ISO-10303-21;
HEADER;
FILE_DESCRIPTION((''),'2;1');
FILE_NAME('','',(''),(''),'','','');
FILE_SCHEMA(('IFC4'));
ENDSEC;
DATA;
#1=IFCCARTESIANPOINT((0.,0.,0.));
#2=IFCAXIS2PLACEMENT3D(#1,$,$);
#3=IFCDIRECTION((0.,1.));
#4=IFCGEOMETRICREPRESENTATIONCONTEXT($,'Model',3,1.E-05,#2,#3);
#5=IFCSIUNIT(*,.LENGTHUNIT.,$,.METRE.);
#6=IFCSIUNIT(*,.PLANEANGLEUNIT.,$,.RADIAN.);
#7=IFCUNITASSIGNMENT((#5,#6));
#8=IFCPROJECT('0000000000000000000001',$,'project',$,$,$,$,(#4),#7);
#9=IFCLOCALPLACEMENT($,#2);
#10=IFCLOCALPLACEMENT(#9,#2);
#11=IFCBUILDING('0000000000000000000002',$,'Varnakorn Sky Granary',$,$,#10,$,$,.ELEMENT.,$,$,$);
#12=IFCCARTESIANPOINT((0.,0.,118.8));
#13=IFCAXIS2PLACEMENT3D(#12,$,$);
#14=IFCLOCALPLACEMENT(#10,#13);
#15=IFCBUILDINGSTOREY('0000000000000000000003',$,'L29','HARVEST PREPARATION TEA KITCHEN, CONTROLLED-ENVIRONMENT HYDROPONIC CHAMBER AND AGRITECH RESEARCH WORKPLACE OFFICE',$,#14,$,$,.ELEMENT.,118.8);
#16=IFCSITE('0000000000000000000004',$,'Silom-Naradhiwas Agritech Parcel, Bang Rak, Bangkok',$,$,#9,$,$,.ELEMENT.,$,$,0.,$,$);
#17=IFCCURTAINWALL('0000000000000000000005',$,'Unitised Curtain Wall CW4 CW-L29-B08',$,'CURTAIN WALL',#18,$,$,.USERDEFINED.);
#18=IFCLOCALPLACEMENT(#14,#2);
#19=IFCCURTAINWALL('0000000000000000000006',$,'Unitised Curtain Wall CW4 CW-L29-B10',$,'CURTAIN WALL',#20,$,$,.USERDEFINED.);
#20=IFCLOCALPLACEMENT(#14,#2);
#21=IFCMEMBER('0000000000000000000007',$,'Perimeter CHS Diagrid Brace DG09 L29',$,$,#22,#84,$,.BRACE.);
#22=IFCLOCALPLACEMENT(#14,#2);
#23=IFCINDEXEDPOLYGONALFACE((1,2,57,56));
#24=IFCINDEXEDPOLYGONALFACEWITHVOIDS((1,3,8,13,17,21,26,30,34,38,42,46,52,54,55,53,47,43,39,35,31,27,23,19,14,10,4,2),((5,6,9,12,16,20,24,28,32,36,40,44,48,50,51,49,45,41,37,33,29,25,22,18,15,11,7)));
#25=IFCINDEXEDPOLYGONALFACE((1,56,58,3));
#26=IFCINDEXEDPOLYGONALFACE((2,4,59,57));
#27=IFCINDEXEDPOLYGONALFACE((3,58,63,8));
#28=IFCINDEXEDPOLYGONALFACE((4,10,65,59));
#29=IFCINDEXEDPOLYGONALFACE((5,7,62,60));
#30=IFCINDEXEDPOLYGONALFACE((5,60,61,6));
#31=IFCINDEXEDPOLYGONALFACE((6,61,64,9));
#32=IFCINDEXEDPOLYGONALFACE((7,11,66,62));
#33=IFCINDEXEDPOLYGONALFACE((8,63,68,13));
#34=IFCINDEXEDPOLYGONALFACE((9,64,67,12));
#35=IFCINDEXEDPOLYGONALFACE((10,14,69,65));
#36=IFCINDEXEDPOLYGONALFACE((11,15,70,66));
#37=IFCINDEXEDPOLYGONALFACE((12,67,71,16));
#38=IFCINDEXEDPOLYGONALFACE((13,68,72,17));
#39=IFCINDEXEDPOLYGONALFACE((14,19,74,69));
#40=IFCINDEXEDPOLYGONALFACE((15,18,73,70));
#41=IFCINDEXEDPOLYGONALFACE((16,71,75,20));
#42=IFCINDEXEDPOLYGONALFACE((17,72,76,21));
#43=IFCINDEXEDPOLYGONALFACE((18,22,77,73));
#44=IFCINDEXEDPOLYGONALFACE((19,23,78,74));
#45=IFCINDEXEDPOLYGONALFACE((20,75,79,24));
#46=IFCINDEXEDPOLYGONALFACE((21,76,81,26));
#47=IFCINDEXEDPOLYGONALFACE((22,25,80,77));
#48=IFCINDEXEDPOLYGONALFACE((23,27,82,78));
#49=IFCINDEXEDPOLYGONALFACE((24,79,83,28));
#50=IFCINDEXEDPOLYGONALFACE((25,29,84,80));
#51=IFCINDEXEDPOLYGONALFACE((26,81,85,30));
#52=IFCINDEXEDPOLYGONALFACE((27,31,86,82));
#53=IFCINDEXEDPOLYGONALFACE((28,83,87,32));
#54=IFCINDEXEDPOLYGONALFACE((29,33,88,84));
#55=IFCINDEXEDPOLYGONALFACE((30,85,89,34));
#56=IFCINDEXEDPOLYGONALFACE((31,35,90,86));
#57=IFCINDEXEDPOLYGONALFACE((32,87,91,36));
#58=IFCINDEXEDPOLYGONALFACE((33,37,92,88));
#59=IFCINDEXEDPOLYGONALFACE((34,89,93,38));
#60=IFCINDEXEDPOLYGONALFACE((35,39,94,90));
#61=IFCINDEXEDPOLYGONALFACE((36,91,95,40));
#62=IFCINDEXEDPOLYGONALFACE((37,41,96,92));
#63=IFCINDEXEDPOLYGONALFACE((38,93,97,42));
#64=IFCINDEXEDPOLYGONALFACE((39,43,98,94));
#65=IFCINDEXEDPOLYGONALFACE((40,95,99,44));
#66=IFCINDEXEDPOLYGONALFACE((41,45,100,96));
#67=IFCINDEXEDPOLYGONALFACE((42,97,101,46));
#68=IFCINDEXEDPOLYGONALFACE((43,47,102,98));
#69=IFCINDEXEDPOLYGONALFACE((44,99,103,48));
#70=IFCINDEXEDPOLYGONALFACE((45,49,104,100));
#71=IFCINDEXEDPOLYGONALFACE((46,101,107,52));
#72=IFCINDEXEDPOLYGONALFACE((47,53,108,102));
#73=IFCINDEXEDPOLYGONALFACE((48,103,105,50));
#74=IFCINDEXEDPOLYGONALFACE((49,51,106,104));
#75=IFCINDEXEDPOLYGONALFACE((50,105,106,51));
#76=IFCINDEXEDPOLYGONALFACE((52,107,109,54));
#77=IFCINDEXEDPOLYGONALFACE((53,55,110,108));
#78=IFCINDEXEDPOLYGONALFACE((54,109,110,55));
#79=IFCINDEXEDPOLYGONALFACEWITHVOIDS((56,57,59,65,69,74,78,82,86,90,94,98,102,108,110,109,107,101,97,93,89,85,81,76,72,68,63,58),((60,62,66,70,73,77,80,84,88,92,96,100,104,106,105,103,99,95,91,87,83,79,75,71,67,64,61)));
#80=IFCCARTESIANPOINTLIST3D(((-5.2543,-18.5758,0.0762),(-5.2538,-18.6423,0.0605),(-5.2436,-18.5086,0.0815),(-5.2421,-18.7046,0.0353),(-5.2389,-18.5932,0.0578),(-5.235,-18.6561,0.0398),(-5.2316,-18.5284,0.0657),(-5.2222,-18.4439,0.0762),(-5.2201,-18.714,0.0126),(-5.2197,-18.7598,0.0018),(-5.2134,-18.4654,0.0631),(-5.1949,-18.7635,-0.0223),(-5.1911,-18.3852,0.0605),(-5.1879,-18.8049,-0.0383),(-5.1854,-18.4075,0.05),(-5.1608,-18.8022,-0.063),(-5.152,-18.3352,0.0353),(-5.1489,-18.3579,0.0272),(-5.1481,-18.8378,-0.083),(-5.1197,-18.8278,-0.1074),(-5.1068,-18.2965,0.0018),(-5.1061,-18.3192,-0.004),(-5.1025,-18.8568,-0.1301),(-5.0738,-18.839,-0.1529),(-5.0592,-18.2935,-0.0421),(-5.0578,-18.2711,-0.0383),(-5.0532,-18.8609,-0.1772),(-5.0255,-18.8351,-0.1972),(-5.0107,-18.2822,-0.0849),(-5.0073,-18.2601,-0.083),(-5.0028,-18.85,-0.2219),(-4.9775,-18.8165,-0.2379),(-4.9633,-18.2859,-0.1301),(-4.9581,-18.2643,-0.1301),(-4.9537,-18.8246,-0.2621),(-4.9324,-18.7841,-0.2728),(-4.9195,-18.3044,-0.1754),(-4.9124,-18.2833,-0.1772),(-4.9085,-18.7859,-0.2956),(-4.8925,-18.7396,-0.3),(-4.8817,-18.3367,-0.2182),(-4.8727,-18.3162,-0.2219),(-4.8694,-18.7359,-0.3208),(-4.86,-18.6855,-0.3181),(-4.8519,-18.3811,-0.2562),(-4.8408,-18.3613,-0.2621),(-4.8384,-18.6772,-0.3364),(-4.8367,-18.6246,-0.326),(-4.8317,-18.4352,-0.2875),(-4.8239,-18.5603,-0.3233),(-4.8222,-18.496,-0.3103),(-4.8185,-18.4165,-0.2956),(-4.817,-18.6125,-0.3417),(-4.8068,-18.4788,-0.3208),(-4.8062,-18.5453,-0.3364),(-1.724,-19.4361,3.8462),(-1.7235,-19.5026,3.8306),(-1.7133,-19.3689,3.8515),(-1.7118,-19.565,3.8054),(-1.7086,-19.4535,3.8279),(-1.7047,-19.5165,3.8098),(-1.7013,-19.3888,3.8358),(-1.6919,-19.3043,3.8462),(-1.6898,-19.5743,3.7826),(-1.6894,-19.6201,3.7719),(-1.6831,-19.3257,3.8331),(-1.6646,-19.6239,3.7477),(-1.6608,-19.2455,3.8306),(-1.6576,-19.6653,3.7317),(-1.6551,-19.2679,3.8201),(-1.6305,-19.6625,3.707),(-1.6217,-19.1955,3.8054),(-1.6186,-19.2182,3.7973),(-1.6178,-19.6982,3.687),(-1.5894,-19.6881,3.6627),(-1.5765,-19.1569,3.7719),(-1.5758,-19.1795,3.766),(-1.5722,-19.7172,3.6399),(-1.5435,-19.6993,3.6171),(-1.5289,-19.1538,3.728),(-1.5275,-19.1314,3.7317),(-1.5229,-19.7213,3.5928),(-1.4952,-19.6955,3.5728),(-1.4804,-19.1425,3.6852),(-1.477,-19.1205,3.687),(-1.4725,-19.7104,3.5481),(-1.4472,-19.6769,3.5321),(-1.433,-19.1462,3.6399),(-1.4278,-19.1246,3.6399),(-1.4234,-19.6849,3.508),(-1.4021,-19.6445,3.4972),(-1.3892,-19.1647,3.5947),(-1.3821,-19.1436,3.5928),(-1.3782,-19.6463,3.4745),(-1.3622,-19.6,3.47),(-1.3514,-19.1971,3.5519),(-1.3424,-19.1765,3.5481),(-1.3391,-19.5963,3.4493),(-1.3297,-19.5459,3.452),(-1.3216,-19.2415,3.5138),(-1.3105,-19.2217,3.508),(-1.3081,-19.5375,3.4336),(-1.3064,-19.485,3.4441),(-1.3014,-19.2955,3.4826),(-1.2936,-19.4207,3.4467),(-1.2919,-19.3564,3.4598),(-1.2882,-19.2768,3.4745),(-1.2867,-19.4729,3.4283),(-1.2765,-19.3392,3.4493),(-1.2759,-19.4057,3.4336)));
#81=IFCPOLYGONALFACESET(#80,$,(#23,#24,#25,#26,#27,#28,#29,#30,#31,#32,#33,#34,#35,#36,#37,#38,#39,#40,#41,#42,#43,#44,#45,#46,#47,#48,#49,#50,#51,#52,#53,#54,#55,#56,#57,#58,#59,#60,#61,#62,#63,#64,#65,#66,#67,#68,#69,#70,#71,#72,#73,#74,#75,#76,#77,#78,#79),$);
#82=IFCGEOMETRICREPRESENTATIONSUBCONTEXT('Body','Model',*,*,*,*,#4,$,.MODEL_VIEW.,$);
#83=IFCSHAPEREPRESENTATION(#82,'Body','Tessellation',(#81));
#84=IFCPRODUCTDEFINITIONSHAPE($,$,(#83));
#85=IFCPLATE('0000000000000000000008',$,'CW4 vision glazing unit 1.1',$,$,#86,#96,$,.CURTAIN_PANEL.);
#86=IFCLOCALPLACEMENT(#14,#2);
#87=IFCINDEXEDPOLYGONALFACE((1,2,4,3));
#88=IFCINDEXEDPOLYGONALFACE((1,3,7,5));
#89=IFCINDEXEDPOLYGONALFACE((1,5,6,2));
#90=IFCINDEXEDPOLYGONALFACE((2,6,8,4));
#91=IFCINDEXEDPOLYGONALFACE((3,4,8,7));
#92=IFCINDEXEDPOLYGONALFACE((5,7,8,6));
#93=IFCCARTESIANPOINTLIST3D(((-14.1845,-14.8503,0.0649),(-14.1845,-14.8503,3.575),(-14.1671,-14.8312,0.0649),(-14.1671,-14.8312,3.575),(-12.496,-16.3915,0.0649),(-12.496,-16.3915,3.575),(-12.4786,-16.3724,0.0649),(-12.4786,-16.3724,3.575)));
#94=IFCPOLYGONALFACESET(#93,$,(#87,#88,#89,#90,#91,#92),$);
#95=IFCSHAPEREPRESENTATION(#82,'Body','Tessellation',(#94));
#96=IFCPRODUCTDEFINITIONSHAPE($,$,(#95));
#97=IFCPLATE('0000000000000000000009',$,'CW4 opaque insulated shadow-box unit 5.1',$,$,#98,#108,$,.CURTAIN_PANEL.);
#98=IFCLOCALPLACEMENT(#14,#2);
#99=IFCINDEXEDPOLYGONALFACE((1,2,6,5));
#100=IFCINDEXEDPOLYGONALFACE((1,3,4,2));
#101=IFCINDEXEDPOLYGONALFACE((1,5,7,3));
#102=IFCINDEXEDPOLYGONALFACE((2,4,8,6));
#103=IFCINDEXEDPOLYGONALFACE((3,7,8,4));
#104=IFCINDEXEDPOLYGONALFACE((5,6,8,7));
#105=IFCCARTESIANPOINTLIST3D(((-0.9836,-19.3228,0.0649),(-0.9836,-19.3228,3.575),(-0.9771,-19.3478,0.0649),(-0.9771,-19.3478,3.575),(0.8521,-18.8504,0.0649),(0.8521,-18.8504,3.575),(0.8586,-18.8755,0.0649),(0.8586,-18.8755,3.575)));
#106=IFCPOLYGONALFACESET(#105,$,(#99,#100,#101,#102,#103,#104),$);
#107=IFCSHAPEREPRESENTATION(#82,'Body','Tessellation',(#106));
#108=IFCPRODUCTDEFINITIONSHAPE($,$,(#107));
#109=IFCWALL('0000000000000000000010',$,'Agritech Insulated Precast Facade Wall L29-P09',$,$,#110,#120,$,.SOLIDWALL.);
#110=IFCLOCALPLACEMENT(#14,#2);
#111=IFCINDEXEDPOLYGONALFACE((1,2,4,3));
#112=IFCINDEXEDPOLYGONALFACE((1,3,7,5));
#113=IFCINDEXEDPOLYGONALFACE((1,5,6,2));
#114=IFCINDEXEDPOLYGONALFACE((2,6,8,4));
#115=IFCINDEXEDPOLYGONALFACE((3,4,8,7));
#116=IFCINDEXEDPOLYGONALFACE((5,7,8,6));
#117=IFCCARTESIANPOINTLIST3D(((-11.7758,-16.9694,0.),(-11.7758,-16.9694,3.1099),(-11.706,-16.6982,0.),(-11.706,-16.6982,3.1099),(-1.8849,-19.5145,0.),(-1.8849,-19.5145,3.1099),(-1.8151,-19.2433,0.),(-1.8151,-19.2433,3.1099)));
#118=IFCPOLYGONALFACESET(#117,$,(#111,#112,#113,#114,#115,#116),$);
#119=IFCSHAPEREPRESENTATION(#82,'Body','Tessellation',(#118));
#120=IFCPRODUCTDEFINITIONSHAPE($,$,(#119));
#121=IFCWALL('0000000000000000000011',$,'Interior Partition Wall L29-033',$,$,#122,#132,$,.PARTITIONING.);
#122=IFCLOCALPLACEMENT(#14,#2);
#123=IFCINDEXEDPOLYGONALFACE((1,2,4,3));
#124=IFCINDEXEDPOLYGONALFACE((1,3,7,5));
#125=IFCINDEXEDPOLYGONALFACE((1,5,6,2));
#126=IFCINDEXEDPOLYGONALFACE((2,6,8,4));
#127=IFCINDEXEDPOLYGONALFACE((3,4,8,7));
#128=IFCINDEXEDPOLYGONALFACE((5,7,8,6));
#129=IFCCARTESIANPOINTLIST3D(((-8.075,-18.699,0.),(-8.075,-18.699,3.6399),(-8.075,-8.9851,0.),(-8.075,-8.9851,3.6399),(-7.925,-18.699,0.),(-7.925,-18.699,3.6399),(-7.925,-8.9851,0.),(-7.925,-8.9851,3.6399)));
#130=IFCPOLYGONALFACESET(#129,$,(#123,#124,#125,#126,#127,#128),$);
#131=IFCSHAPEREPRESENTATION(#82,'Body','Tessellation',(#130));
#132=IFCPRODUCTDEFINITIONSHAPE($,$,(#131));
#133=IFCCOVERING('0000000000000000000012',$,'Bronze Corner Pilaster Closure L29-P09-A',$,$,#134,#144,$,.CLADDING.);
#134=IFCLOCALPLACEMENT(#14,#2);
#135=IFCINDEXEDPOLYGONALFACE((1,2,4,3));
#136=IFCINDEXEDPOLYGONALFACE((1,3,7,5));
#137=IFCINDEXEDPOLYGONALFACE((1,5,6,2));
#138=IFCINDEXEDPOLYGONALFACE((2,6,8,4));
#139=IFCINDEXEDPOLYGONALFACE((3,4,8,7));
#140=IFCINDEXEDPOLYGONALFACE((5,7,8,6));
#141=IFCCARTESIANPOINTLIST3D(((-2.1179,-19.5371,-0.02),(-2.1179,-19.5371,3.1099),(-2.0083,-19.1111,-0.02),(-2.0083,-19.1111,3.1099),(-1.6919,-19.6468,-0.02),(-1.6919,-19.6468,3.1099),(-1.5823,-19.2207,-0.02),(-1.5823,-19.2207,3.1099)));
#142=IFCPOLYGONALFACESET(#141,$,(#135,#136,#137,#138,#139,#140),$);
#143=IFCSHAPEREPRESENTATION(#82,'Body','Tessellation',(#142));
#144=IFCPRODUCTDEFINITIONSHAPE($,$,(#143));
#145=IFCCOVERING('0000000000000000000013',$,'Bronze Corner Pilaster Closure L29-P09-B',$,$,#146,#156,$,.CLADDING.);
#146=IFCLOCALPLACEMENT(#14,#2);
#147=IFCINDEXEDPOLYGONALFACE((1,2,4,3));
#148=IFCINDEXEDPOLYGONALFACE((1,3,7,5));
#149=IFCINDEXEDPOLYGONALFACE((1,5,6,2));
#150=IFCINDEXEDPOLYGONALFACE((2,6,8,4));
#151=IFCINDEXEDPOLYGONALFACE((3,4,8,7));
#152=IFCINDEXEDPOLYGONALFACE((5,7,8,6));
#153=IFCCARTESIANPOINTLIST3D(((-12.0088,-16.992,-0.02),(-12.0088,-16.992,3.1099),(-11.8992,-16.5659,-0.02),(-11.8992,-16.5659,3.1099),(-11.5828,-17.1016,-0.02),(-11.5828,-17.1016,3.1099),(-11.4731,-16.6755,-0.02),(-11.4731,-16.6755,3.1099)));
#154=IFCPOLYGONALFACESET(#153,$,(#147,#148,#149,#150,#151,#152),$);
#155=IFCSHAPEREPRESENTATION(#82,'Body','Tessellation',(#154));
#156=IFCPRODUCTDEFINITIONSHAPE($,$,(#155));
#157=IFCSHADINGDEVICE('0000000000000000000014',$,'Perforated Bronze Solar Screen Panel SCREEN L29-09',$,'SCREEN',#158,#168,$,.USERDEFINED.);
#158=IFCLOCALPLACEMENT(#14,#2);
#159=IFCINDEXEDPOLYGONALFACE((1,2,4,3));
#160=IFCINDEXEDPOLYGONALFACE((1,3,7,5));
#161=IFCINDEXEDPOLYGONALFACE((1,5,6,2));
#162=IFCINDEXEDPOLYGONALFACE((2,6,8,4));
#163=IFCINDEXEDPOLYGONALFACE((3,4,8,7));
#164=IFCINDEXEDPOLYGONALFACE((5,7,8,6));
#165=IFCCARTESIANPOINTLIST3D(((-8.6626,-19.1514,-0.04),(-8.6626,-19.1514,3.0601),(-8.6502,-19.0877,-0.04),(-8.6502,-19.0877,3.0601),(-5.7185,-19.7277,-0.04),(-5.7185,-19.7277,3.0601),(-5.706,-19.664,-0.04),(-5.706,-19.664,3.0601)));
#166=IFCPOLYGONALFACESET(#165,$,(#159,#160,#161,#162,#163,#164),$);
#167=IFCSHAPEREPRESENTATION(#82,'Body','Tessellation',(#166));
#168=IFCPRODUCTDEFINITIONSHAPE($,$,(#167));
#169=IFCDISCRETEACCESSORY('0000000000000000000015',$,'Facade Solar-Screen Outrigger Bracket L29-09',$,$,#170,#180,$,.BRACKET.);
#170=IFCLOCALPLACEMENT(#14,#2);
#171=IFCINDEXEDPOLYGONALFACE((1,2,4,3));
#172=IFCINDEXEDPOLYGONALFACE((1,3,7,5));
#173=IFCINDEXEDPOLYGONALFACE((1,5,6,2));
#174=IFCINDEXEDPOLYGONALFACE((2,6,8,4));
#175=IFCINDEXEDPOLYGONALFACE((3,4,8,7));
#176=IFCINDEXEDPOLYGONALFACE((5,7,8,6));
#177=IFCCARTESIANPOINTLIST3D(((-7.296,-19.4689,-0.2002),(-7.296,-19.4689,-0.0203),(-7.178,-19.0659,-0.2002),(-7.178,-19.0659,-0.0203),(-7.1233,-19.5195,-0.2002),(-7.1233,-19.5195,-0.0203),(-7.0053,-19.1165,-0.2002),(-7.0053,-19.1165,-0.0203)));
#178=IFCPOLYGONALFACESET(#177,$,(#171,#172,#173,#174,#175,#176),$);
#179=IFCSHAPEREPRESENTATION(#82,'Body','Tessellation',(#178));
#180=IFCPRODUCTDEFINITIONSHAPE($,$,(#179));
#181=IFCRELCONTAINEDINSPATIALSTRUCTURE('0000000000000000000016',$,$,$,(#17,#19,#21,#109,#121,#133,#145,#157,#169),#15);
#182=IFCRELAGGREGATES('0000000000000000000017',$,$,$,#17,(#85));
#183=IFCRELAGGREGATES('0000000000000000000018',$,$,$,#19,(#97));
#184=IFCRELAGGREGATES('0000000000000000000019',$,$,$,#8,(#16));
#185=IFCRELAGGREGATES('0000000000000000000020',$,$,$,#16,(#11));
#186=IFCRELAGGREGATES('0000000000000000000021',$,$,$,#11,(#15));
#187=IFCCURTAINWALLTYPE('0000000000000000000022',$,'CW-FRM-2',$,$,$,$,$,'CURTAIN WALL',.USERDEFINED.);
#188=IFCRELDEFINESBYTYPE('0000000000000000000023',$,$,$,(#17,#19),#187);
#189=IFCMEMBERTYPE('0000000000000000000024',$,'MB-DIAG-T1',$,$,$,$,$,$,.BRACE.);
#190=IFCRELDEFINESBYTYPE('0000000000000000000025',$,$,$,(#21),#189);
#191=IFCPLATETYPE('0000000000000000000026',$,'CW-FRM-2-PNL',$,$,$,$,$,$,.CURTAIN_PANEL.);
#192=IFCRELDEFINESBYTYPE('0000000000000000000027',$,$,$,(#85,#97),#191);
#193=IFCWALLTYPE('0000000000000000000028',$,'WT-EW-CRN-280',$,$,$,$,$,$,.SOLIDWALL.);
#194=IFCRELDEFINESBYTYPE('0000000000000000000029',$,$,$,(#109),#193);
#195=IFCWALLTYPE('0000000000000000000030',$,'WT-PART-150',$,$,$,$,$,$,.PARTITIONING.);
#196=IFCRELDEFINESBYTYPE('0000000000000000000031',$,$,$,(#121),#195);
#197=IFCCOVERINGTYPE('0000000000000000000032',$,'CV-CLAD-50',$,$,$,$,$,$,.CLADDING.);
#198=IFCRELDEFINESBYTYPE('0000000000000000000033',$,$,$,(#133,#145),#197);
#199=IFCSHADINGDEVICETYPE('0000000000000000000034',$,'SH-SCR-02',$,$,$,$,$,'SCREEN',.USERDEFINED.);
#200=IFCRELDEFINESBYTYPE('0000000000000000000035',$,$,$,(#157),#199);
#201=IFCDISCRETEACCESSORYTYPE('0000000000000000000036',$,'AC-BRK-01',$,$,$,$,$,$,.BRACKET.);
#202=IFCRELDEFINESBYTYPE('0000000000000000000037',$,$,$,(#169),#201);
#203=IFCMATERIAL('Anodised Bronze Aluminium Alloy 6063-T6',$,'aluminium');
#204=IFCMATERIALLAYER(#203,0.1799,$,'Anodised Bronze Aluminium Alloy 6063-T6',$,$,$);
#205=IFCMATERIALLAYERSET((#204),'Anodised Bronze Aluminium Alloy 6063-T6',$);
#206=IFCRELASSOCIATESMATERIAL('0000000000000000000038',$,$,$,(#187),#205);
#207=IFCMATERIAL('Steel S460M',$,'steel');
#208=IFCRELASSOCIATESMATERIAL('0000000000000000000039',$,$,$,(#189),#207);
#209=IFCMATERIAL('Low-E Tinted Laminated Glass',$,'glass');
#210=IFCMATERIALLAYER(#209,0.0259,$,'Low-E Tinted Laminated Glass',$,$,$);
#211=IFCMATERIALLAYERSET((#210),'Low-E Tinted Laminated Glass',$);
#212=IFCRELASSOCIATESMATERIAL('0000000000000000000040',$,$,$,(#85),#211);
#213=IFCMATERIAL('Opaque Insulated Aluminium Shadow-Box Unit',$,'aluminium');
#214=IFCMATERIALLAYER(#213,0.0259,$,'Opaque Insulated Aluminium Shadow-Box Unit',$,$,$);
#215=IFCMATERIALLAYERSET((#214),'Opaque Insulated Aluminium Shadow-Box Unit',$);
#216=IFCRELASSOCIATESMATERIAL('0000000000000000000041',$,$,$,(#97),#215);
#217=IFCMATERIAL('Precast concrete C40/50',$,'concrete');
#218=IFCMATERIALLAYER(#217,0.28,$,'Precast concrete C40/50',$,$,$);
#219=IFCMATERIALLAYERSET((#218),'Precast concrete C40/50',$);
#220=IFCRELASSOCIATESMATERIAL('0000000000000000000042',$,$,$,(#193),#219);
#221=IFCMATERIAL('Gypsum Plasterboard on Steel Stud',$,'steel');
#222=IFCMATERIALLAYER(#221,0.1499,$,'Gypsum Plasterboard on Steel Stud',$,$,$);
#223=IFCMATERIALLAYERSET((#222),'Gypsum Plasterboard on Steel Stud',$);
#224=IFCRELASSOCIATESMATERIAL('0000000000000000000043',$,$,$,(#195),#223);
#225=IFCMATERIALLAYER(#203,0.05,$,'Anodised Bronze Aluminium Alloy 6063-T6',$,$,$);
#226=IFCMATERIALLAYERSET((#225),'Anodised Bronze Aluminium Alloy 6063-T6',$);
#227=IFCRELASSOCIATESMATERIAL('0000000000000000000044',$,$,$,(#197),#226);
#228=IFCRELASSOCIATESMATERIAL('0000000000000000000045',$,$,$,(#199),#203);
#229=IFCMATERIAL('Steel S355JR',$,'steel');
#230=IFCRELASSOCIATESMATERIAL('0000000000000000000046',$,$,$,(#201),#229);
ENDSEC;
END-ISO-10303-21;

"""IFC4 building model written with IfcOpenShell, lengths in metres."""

from ifc_helpers import new_model, si_unit, direction, frame, frame_2d, origin, origin_2d, place, context, subcontext, project, spatial, rectangle, hollow_circle, extrude, source, transform, mapped, material, layer, layer_set, material_profile, profile_set, type_object, type_shapes, element, aggregate, save


model = new_model("IFC4")

# Units and contexts
model_context = context("Model", 3, precision=1e-05, world=origin(), true_north=direction((0.0, 1.0)))
body_context = subcontext(model_context, "Body", "Model", "MODEL_VIEW")
ifc_project = project(units=[si_unit("LENGTHUNIT", "METRE"), si_unit("PLANEANGLEUNIT", "RADIAN")], contexts=[model_context])

# Site, building, storey
site_placement = place(None, origin())
site = spatial("IfcSite", under=ifc_project, at=site_placement, Name="Silom-Naradhiwas Agritech Parcel, Bang Rak, Bangkok", CompositionType="ELEMENT", RefElevation=0.0)
building_placement = place(site_placement, origin())
building = spatial("IfcBuilding", under=site, at=building_placement, Name="Varnakorn Sky Granary", CompositionType="ELEMENT")
storey_placement = place(building_placement, frame((0.0, 0.0, 118.8)))
storey = spatial("IfcBuildingStorey", under=building, at=storey_placement, Name="L29", Description="HARVEST PREPARATION TEA KITCHEN, CONTROLLED-ENVIRONMENT HYDROPONIC CHAMBER AND AGRITECH RESEARCH WORKPLACE OFFICE", CompositionType="ELEMENT", Elevation=118.8)

# Shared definitions
ifc_material_1 = material(Name="Steel S460M", Category="steel")

# Shared definitions
ifc_material_2 = material(Name="Steel S355JR", Category="steel")

# Curtain wall
ifc_material_3 = material(Name="Anodised Bronze Aluminium Alloy 6063-T6", Category="aluminium")
ifc_layer_1 = layer(ifc_material_3, 0.1799, Name="Anodised Bronze Aluminium Alloy 6063-T6")
ifc_layer_set_1 = layer_set([ifc_layer_1], Name="Anodised Bronze Aluminium Alloy 6063-T6")
curtain_wall_type = type_object("IfcCurtainWallType", Name="CW-FRM-2", ElementType="CURTAIN WALL", PredefinedType="USERDEFINED", material=ifc_layer_set_1)
curtain_wall_1_placement = place(storey_placement, origin())
curtain_wall_1 = element("IfcCurtainWall", 1, at=curtain_wall_1_placement, inside=storey, type_object=curtain_wall_type, Name="Unitised Curtain Wall CW4 CW-L29-B08", ObjectType="CURTAIN WALL", PredefinedType="USERDEFINED")

# Curtain wall
curtain_wall_2_placement = place(storey_placement, origin())
curtain_wall_2 = element("IfcCurtainWall", 2, at=curtain_wall_2_placement, inside=storey, type_object=curtain_wall_type, Name="Unitised Curtain Wall CW4 CW-L29-B10", ObjectType="CURTAIN WALL", PredefinedType="USERDEFINED")

# Member
ifc_material_profile_1 = material_profile(ifc_material_1, hollow_circle(Radius=0.3049, WallThickness=0.0222, at=origin_2d()), Name="CHS 610x22")
ifc_profile_set_1 = profile_set([ifc_material_profile_1], Name="Steel S460M")
member_type_1 = type_object("IfcMemberType", Name="MB-DIAG-T1", PredefinedType="BRACE", material=ifc_profile_set_1)
member_1_placement = place(storey_placement, frame((-5.0303, -18.5605, -0.1301), z_axis=(0.674226, -0.164314, 0.720014), x_axis=(0.236777, 0.971564, 0.0)))
element("IfcMember", 3, at=member_1_placement, inside=storey, type_object=member_type_1, Name="Perimeter CHS Diagrid Brace DG09 L29", PredefinedType="BRACE", context=body_context, shape_type="SweptSolid", body=[
    extrude(hollow_circle(Radius=0.3049, WallThickness=0.0222, at=origin_2d()), origin(), (0.0, 0.0, 1.0), 5.2361),
])

# Plates
ifc_material_4 = material(Name="Low-E Tinted Laminated Glass", Category="glass")
ifc_layer_2 = layer(ifc_material_4, 0.0259, Name="Low-E Tinted Laminated Glass")
ifc_layer_set_2 = layer_set([ifc_layer_2], Name="Low-E Tinted Laminated Glass")
plate_type = type_object("IfcPlateType", Name="CW-FRM-2-PNL", PredefinedType="CURTAIN_PANEL")
shared_shape_1 = source(origin(), body_context, "Body", "SweptSolid", [
    extrude(rectangle(XDim=2.2861, YDim=0.0259, at=origin_2d()), origin(), (0.0, 0.0, 1.0), 3.51),
])
plate_1_placement = place(storey_placement, frame((-13.3315, -15.6113, 0.0649), z_axis=(0.0, 0.0, 1.0), x_axis=(-0.738592, 0.674153, 0.0)))
plate_1 = element("IfcPlate", 4, at=plate_1_placement, type_object=plate_type, material=ifc_layer_set_2, Name="CW4 vision glazing unit 1.1", PredefinedType="CURTAIN_PANEL", context=body_context, shape_type="MappedRepresentation", body=[
    mapped(shared_shape_1, transform((0.0, 0.0, 0.0), x_axis=(1.0, 0.0, 0.0), y_axis=(0.0, 1.0, 0.0), z_axis=(0.0, 0.0, 1.0), scale=1.0)),
])
aggregate(curtain_wall_1, [plate_1])
ifc_material_5 = material(Name="Opaque Insulated Aluminium Shadow-Box Unit", Category="aluminium")
ifc_layer_3 = layer(ifc_material_5, 0.0259, Name="Opaque Insulated Aluminium Shadow-Box Unit")
ifc_layer_set_3 = layer_set([ifc_layer_3], Name="Opaque Insulated Aluminium Shadow-Box Unit")
shared_shape_2 = source(origin(), body_context, "Body", "SweptSolid", [
    extrude(rectangle(XDim=1.8955, YDim=0.0259, at=origin_2d()), origin(), (0.0, 0.0, 1.0), 3.51),
])
type_shapes(plate_type, [shared_shape_1, shared_shape_2])
plate_2_placement = place(storey_placement, frame((-0.0625, -19.0991, 0.0649), z_axis=(0.0, 0.0, 1.0), x_axis=(-0.968453, -0.249196, 0.0)))
plate_2 = element("IfcPlate", 5, at=plate_2_placement, type_object=plate_type, material=ifc_layer_set_3, Name="CW4 opaque insulated shadow-box unit 5.1", PredefinedType="CURTAIN_PANEL", context=body_context, shape_type="MappedRepresentation", body=[
    mapped(shared_shape_2, transform((0.0, 0.0, 0.0), x_axis=(1.0, 0.0, 0.0), y_axis=(0.0, 1.0, 0.0), z_axis=(0.0, 0.0, 1.0), scale=1.0)),
])
aggregate(curtain_wall_2, [plate_2])

# Walls
ifc_material_6 = material(Name="Precast concrete C40/50", Category="concrete")
ifc_layer_4 = layer(ifc_material_6, 0.28, Name="Precast concrete C40/50")
ifc_layer_set_4 = layer_set([ifc_layer_4], Name="Precast concrete C40/50")
wall_type_1 = type_object("IfcWallType", Name="WT-EW-CRN-280", PredefinedType="SOLIDWALL", material=ifc_layer_set_4)
wall_1_placement = place(storey_placement, frame((-1.8501, -19.3789, 0.0), z_axis=(0.0, 0.0, 1.0), x_axis=(-0.96845, 0.249206, 0.0)))
element("IfcWall", 6, at=wall_1_placement, inside=storey, type_object=wall_type_1, Name="Agritech Insulated Precast Facade Wall L29-P09", PredefinedType="SOLIDWALL", context=body_context, shape_type="SweptSolid", body=[
    extrude(rectangle(XDim=10.2131, YDim=0.28, at=frame_2d((5.1064, 0.0))), origin(), (0.0, 0.0, 1.0), 3.1099),
])
ifc_material_7 = material(Name="Gypsum Plasterboard on Steel Stud", Category="steel")
ifc_layer_5 = layer(ifc_material_7, 0.1499, Name="Gypsum Plasterboard on Steel Stud")
ifc_layer_set_5 = layer_set([ifc_layer_5], Name="Gypsum Plasterboard on Steel Stud")
wall_type_2 = type_object("IfcWallType", Name="WT-PART-150", PredefinedType="PARTITIONING", material=ifc_layer_set_5)
wall_2_placement = place(storey_placement, frame((-8.0, -8.9851, 0.0), z_axis=(0.0, 0.0, 1.0), x_axis=(0.0, -1.0, 0.0)))
element("IfcWall", 7, at=wall_2_placement, inside=storey, type_object=wall_type_2, Name="Interior Partition Wall L29-033", PredefinedType="PARTITIONING", context=body_context, shape_type="SweptSolid", body=[
    extrude(rectangle(XDim=9.7139, YDim=0.1499, at=frame_2d((4.8569, 0.0))), origin(), (0.0, 0.0, 1.0), 3.6399),
])

# Coverings
ifc_layer_6 = layer(ifc_material_3, 0.05, Name="Anodised Bronze Aluminium Alloy 6063-T6")
ifc_layer_set_6 = layer_set([ifc_layer_6], Name="Anodised Bronze Aluminium Alloy 6063-T6")
covering_type = type_object("IfcCoveringType", Name="CV-CLAD-50", PredefinedType="CLADDING", material=ifc_layer_set_6)
shared_shape_3 = source(origin(), body_context, "Body", "SweptSolid", [
    extrude(rectangle(XDim=0.4399, YDim=0.4399, at=origin_2d()), origin(), (0.0, 0.0, 1.0), 3.1299),
])
type_shapes(covering_type, [shared_shape_3])
for number, where, z_axis, x_axis, name in (
    (8, (-1.8501, -19.3789, -0.02), (0.0, 0.0, 1.0), (-0.968453, 0.249197, 0.0), "Bronze Corner Pilaster Closure L29-P09-A"),
    (9, (-11.741, -16.8337, -0.02), (0.0, 0.0, 1.0), (-0.968453, 0.249197, 0.0), "Bronze Corner Pilaster Closure L29-P09-B"),
):
    element("IfcCovering", number, at=place(storey_placement, frame(where, z_axis=z_axis, x_axis=x_axis)), inside=storey, type_object=covering_type, Name=name, PredefinedType="CLADDING", context=body_context, shape_type="MappedRepresentation", body=[
        mapped(shared_shape_3, transform((0.0, 0.0, 0.0), x_axis=(1.0, 0.0, 0.0), y_axis=(0.0, 1.0, 0.0), z_axis=(0.0, 0.0, 1.0), scale=1.0)),
    ])

# Shading device
shading_device_type = type_object("IfcShadingDeviceType", Name="SH-SCR-02", ElementType="SCREEN", PredefinedType="USERDEFINED", material=ifc_material_3)
shared_shape_4 = source(origin(), body_context, "Body", "SweptSolid", [
    extrude(rectangle(XDim=3.0, YDim=0.0649, at=origin_2d()), origin(), (0.0, 0.0, 1.0), 3.1001),
])
type_shapes(shading_device_type, [shared_shape_4])
shading_device_placement = place(storey_placement, frame((-7.1843, -19.4077, -0.04), z_axis=(0.0, 0.0, 1.0), x_axis=(0.981377, -0.19209, 0.0)))
element("IfcShadingDevice", 10, at=shading_device_placement, inside=storey, type_object=shading_device_type, Name="Perforated Bronze Solar Screen Panel SCREEN L29-09", ObjectType="SCREEN", PredefinedType="USERDEFINED", context=body_context, shape_type="MappedRepresentation", body=[
    mapped(shared_shape_4, transform((0.0, 0.0, 0.0), x_axis=(1.0, 0.0, 0.0), y_axis=(0.0, 1.0, 0.0), z_axis=(0.0, 0.0, 1.0), scale=1.0)),
])

# Discrete accessory
discrete_accessory_type = type_object("IfcDiscreteAccessoryType", Name="AC-BRK-01", PredefinedType="BRACKET", material=ifc_material_2)
shared_shape_5 = source(origin(), body_context, "Body", "SweptSolid", [
    extrude(rectangle(XDim=0.1799, YDim=0.4199, at=origin_2d()), origin(), (0.0, 0.0, 1.0), 0.1799),
])
type_shapes(discrete_accessory_type, [shared_shape_5])
discrete_accessory_placement = place(storey_placement, frame((-7.1506, -19.2927, -0.2002), z_axis=(0.0, 0.0, 1.0), x_axis=(0.959684, -0.281082, 0.0)))
element("IfcDiscreteAccessory", 11, at=discrete_accessory_placement, inside=storey, type_object=discrete_accessory_type, Name="Facade Solar-Screen Outrigger Bracket L29-09", PredefinedType="BRACKET", context=body_context, shape_type="MappedRepresentation", body=[
    mapped(shared_shape_5, transform((0.0, 0.0, 0.0), x_axis=(1.0, 0.0, 0.0), y_axis=(0.0, 1.0, 0.0), z_axis=(0.0, 0.0, 1.0), scale=1.0)),
])

save(model, "model.ifc")
